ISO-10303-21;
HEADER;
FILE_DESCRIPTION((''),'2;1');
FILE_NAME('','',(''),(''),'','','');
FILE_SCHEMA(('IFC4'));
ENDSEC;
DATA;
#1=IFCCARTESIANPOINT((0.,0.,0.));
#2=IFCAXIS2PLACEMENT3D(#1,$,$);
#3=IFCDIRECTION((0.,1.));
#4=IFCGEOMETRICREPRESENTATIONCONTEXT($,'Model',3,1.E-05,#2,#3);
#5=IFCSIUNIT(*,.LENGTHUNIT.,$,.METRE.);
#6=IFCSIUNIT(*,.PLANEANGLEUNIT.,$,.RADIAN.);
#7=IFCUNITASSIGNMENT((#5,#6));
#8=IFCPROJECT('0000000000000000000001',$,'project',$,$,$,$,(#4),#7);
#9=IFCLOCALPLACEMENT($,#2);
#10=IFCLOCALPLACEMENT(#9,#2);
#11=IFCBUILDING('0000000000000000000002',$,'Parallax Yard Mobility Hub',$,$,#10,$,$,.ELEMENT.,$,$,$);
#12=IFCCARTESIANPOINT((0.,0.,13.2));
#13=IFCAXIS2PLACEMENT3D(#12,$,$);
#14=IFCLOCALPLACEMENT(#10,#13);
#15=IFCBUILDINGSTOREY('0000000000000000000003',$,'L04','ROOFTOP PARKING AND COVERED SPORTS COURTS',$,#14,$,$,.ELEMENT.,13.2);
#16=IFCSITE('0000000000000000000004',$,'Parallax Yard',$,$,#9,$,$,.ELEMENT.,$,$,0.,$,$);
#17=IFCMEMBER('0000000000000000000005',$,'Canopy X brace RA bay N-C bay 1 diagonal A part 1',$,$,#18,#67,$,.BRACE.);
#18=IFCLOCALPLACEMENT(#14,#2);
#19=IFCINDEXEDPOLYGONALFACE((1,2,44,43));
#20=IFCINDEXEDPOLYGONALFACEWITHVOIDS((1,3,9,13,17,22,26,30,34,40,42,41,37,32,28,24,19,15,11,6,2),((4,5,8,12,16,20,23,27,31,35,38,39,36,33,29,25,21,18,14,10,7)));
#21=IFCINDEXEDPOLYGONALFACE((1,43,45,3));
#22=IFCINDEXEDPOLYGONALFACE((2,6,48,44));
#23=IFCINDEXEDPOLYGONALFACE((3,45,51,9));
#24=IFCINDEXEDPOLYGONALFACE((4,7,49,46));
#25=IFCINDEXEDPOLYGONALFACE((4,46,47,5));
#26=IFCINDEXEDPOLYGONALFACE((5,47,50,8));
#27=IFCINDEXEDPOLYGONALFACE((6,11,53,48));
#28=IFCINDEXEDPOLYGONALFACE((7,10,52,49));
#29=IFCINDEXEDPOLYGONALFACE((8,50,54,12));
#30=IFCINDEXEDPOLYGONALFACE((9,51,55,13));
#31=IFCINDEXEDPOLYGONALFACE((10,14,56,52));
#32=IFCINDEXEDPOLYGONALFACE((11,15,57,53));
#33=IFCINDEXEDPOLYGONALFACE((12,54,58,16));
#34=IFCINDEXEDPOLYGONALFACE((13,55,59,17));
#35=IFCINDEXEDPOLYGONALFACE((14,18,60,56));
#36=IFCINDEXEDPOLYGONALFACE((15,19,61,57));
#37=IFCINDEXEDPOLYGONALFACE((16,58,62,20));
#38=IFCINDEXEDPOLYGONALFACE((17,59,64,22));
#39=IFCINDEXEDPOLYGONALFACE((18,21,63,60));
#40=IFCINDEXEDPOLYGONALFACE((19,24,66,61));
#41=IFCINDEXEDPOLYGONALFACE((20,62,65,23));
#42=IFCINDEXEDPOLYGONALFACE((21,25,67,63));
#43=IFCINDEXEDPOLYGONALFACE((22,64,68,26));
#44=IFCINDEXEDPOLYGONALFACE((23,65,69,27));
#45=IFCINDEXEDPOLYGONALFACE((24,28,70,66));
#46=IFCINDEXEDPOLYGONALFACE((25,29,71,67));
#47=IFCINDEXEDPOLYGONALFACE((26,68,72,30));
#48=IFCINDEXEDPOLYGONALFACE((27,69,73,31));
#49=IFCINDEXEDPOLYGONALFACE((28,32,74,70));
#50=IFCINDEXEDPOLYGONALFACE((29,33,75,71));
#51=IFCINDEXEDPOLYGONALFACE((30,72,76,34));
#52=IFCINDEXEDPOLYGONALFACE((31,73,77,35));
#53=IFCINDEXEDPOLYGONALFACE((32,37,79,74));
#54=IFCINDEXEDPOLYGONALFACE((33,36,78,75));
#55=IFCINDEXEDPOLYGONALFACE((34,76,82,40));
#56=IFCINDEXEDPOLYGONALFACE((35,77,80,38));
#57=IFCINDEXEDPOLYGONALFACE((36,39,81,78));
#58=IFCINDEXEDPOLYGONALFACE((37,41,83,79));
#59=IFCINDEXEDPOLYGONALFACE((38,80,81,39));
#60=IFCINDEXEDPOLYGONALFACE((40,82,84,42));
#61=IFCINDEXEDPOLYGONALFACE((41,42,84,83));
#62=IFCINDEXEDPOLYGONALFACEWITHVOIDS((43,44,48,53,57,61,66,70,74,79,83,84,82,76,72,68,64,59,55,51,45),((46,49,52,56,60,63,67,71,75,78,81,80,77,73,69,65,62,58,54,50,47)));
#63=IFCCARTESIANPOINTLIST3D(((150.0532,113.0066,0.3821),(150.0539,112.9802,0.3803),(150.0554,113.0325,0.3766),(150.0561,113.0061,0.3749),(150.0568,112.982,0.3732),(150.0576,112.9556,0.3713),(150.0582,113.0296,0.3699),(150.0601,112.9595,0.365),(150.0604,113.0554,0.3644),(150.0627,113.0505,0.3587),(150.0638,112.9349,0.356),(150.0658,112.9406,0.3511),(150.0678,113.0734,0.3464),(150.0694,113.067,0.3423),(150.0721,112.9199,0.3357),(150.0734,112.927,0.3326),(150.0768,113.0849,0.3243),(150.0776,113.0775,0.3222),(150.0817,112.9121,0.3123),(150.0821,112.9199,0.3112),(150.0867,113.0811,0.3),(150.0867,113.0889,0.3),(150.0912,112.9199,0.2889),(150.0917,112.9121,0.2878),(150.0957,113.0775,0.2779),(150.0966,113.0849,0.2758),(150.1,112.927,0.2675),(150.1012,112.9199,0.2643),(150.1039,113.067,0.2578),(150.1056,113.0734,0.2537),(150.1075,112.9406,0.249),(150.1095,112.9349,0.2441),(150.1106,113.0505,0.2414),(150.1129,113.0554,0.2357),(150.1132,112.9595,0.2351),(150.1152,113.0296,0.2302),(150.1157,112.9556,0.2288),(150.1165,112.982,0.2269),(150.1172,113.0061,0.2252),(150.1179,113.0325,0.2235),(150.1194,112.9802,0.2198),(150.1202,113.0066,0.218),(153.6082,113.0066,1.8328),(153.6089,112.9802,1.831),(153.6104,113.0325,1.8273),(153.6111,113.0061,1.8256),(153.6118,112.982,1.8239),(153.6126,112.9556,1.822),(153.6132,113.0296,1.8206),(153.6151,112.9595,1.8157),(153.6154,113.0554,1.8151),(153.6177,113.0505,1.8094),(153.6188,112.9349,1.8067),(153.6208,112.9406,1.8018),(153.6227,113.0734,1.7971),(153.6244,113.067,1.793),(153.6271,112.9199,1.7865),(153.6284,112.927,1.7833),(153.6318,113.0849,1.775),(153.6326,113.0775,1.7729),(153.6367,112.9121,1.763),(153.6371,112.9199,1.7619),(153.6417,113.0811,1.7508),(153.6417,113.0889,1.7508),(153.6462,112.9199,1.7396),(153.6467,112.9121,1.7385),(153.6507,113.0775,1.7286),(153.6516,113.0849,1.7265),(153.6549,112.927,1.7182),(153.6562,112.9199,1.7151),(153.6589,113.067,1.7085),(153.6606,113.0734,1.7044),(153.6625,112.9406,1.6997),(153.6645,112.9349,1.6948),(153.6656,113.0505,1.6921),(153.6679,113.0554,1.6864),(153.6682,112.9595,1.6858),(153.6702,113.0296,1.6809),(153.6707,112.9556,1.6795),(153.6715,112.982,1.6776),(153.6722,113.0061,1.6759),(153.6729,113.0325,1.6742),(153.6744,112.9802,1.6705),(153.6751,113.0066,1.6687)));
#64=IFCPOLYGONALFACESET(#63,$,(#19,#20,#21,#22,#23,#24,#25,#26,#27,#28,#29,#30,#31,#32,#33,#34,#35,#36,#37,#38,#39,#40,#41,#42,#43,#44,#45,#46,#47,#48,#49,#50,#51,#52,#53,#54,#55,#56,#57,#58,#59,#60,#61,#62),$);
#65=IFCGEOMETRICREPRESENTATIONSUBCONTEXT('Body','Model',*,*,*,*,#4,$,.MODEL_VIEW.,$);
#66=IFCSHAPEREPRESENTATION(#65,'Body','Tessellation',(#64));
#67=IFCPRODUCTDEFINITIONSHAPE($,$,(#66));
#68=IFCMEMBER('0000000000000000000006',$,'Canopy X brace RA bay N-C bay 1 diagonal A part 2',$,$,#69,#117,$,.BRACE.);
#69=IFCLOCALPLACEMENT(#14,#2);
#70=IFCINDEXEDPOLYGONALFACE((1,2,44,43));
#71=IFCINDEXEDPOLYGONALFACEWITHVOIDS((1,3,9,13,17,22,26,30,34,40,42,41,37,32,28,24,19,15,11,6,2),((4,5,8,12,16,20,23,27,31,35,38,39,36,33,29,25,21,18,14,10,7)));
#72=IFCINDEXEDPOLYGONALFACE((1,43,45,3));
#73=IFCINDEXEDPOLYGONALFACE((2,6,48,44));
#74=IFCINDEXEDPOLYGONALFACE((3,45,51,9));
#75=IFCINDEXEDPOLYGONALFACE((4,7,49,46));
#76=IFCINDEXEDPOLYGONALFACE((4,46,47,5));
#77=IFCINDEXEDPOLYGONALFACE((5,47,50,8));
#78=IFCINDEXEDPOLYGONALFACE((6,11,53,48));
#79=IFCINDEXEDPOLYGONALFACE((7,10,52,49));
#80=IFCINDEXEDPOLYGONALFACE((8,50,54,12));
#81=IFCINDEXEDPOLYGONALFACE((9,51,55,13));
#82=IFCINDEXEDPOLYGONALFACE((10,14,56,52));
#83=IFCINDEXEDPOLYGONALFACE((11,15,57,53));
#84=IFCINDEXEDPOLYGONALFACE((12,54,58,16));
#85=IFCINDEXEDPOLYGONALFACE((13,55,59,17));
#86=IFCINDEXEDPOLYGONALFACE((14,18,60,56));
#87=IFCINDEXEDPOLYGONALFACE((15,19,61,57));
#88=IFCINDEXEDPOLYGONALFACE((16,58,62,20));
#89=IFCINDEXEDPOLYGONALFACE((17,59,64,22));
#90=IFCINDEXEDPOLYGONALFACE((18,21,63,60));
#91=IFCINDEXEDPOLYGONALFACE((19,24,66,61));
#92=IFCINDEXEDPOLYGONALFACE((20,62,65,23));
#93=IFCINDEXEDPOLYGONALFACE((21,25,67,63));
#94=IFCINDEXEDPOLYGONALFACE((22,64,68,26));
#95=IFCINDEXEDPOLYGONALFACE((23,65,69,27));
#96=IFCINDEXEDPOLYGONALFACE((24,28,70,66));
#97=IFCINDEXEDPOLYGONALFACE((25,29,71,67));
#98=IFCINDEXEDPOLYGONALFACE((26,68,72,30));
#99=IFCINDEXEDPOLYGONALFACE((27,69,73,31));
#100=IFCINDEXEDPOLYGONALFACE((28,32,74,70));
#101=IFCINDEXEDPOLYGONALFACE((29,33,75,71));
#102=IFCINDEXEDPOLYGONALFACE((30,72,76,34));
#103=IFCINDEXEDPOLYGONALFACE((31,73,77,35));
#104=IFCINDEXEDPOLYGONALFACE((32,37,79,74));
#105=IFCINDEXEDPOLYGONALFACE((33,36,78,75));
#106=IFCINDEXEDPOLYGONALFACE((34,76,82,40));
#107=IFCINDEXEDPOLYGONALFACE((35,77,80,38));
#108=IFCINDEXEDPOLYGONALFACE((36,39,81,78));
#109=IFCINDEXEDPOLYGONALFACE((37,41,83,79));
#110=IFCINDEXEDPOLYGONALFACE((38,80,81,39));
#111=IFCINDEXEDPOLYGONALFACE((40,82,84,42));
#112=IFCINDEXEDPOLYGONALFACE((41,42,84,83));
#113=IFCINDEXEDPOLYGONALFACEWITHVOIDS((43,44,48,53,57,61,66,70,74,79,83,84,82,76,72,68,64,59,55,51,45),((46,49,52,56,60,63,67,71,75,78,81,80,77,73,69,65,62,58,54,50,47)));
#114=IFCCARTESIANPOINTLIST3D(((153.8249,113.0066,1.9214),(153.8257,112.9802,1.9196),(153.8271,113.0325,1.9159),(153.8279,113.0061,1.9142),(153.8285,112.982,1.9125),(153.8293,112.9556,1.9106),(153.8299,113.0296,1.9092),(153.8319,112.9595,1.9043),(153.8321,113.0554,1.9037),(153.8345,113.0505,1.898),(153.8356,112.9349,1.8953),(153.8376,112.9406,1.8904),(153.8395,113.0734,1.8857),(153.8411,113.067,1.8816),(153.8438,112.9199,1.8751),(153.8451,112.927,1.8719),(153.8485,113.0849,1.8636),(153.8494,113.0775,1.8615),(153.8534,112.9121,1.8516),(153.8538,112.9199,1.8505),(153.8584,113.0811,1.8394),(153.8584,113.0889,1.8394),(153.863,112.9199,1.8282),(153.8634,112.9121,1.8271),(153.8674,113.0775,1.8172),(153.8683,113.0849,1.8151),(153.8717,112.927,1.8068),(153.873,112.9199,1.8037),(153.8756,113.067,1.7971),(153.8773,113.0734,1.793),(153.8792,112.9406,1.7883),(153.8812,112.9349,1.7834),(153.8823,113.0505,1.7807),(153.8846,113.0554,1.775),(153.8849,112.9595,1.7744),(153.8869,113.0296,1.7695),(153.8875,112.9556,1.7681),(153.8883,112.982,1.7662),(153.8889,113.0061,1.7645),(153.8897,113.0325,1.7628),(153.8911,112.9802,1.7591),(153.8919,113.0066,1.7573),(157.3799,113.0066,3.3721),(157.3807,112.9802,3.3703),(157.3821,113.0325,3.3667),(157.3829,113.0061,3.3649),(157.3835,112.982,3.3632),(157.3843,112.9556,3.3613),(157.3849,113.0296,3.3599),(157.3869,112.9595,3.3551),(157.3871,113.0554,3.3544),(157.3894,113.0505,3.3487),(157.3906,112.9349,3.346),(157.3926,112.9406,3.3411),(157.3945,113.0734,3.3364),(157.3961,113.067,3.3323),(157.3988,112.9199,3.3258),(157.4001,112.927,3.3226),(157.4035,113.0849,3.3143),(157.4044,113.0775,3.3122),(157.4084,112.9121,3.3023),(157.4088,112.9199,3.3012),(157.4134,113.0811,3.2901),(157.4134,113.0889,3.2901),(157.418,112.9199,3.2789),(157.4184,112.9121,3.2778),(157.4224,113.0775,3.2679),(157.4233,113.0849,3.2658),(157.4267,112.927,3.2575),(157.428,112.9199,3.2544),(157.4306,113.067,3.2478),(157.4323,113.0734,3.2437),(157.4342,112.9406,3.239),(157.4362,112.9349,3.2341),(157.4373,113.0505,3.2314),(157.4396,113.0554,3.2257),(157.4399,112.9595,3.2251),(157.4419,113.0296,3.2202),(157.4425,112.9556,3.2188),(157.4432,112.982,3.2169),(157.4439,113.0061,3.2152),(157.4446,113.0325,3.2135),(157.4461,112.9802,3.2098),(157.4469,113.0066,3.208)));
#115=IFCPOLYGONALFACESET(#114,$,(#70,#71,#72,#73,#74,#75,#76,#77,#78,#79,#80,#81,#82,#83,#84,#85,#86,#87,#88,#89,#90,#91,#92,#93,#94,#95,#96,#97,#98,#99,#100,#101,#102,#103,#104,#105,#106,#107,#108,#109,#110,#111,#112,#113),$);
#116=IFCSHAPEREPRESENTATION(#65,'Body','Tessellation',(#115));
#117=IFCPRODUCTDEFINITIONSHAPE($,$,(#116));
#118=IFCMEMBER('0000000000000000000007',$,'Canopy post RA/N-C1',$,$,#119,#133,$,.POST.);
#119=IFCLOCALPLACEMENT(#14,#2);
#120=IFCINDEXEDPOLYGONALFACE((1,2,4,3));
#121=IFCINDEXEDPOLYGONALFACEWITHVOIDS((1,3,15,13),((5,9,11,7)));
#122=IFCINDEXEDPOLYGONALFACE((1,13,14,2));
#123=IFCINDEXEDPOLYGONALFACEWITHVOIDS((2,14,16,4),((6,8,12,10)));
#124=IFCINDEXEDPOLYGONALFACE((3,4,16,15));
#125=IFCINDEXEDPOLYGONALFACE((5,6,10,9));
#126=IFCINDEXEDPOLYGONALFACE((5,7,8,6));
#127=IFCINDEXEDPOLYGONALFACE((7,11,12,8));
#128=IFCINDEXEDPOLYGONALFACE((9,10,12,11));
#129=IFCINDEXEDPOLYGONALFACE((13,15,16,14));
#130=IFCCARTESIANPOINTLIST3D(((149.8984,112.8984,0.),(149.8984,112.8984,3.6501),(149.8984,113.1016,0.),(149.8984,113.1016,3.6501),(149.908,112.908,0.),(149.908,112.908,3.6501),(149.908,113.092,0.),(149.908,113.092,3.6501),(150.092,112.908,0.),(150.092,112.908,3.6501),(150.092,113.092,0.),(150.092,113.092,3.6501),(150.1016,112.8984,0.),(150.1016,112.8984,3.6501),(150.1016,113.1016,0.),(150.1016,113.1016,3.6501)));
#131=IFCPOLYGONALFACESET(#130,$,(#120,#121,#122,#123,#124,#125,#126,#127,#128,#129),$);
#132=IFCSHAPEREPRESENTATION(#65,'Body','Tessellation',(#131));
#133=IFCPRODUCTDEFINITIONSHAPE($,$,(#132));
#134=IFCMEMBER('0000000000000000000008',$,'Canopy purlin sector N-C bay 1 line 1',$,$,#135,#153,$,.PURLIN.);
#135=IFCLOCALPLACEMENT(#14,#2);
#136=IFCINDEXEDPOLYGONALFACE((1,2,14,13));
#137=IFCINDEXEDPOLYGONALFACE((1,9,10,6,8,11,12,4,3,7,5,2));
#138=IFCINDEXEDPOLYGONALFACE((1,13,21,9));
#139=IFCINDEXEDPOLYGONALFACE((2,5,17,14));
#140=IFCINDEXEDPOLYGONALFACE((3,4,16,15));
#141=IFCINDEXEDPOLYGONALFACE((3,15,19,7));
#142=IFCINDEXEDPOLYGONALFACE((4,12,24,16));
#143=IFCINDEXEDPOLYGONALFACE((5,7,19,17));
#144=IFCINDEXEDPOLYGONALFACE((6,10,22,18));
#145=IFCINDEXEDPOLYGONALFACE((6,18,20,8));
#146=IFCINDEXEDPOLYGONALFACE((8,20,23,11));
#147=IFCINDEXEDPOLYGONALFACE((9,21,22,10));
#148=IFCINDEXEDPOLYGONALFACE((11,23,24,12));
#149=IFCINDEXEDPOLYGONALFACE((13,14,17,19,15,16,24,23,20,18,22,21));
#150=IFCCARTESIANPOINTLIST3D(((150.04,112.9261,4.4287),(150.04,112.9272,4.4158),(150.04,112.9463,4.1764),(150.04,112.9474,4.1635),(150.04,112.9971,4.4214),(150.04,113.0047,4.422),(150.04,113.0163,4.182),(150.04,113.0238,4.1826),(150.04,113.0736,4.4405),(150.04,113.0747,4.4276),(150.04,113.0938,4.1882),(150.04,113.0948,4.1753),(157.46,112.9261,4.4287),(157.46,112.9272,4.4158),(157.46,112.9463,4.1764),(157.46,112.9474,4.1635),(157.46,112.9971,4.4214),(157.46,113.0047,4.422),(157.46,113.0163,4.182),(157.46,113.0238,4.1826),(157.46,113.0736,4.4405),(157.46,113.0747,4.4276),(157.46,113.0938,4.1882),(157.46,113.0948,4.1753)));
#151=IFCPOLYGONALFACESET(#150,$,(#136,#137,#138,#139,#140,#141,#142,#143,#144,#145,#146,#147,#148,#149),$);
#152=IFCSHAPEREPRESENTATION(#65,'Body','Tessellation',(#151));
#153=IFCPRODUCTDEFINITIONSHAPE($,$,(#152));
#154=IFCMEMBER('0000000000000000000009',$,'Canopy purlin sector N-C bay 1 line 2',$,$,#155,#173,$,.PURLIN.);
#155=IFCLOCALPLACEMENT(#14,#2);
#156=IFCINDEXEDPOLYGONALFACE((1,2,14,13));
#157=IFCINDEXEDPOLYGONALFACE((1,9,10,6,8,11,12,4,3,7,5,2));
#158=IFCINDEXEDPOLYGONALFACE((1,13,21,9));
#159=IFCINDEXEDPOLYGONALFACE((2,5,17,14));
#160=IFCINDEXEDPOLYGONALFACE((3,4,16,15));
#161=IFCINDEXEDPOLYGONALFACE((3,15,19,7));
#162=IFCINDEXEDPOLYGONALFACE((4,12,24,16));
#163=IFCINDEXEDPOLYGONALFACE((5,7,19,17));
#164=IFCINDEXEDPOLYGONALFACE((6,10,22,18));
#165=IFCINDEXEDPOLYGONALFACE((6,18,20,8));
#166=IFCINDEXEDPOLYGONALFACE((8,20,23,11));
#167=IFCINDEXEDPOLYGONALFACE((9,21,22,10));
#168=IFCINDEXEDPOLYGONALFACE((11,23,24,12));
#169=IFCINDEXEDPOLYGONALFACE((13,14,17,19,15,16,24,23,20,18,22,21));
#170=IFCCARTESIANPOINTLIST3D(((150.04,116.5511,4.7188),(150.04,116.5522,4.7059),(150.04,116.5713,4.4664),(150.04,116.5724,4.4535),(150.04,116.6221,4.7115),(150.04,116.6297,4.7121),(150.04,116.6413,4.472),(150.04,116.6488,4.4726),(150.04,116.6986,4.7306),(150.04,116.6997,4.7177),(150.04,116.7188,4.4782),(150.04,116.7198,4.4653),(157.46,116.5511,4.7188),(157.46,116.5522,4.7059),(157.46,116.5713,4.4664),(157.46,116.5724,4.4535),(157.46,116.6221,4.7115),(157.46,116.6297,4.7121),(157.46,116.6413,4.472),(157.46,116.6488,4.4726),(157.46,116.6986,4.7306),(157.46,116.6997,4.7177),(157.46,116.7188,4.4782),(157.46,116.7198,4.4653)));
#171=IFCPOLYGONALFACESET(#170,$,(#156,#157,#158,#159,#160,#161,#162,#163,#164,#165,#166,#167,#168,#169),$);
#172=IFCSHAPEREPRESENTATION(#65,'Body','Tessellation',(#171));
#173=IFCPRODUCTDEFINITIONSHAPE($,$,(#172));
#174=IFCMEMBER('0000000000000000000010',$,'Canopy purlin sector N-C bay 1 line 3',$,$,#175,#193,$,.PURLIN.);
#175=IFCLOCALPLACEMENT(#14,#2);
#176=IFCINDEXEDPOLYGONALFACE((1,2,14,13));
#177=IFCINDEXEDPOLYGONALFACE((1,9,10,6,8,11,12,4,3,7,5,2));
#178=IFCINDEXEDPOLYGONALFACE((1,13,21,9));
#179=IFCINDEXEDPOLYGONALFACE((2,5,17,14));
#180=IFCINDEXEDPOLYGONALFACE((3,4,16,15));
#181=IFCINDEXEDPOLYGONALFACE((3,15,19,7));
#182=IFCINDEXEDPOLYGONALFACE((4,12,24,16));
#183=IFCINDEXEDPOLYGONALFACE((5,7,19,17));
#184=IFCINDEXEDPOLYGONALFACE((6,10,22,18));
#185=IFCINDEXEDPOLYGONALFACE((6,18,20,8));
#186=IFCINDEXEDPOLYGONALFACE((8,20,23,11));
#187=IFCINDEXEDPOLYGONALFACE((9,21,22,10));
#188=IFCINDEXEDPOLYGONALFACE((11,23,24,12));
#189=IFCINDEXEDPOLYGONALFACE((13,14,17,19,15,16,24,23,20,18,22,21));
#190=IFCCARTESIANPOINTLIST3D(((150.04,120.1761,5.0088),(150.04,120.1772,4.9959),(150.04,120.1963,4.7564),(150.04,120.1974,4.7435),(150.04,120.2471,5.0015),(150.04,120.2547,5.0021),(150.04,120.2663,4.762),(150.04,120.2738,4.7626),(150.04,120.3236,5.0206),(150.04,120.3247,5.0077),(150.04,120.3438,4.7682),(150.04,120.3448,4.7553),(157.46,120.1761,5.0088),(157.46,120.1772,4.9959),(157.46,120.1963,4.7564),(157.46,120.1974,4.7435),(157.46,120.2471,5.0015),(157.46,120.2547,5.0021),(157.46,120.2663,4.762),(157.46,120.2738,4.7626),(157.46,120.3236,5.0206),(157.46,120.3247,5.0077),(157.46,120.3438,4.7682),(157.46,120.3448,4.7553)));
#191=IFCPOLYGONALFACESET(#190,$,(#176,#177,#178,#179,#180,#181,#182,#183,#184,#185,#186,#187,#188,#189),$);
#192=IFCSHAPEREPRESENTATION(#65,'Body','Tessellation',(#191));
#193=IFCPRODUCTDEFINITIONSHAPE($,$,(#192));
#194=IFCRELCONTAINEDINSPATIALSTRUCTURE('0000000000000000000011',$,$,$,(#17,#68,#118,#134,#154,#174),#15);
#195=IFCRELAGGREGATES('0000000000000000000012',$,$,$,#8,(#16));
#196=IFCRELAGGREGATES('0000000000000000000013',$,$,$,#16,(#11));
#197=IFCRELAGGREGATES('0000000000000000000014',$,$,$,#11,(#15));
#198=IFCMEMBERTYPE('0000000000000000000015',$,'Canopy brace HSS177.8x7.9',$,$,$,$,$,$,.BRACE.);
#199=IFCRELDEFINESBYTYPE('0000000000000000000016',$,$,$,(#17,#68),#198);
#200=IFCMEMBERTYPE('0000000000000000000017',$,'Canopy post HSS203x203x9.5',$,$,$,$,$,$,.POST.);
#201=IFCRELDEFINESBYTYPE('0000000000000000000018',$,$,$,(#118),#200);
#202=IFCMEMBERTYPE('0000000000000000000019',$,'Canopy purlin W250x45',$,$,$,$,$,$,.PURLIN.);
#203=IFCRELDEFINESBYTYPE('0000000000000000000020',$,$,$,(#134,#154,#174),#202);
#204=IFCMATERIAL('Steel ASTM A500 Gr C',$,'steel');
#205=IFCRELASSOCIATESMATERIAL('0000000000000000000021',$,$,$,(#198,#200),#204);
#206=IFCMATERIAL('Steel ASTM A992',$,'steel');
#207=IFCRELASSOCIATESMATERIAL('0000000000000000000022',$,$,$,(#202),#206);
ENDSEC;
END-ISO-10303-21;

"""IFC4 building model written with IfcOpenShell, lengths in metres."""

from ifc_helpers import new_model, si_unit, direction, frame, origin, origin_2d, place, context, subcontext, project, spatial, hollow_rectangle, hollow_circle, i_section, extrude, material, material_profile, profile_set, type_object, element, save


model = new_model("IFC4")

# Units and contexts
model_context = context("Model", 3, precision=1e-05, world=origin(), true_north=direction((0.0, 1.0)))
body_context = subcontext(model_context, "Body", "Model", "MODEL_VIEW")
ifc_project = project(units=[si_unit("LENGTHUNIT", "METRE"), si_unit("PLANEANGLEUNIT", "RADIAN")], contexts=[model_context])

# Site, building, storey
site_placement = place(None, origin())
site = spatial("IfcSite", under=ifc_project, at=site_placement, Name="Parallax Yard", CompositionType="ELEMENT", RefElevation=0.0)
building_placement = place(site_placement, origin())
building = spatial("IfcBuilding", under=site, at=building_placement, Name="Parallax Yard Mobility Hub", CompositionType="ELEMENT")
storey_placement = place(building_placement, frame((0.0, 0.0, 13.2)))
storey = spatial("IfcBuildingStorey", under=building, at=storey_placement, Name="L04", Description="ROOFTOP PARKING AND COVERED SPORTS COURTS", CompositionType="ELEMENT", Elevation=13.2)

# Members
ifc_material_1 = material(Name="Steel ASTM A500 Gr C", Category="steel")
ifc_material_profile_1 = material_profile(ifc_material_1, hollow_circle(Radius=0.0889, WallThickness=0.0078, at=origin_2d()), Name="HSS177.8x7.9")
ifc_profile_set_1 = profile_set([ifc_material_profile_1], Name="Steel ASTM A500 Gr C")
member_type_1 = type_object("IfcMemberType", Name="Canopy brace HSS177.8x7.9", PredefinedType="BRACE", material=ifc_profile_set_1)
for number, where, z_axis, x_axis, name in (
    (1, (150.0867, 113.0, 0.3), (0.925876, 0.0, 0.377828), (0.0, 1.0, 0.0), "Canopy X brace RA bay N-C bay 1 diagonal A part 1"),
    (2, (153.8584, 113.0, 1.8394), (0.925876, 0.0, 0.377828), (0.0, 1.0, 0.0), "Canopy X brace RA bay N-C bay 1 diagonal A part 2"),
):
    element("IfcMember", number, at=place(storey_placement, frame(where, z_axis=z_axis, x_axis=x_axis)), inside=storey, type_object=member_type_1, Name=name, PredefinedType="BRACE", context=body_context, shape_type="SweptSolid", body=[
        extrude(hollow_circle(Radius=0.0889, WallThickness=0.0078, at=origin_2d()), origin(), (0.0, 0.0, 1.0), 3.8396),
    ])
ifc_material_profile_2 = material_profile(ifc_material_1, hollow_rectangle(XDim=0.2031, YDim=0.2031, WallThickness=0.0095, at=origin_2d()), Name="HSS203x203x9.5")
ifc_profile_set_2 = profile_set([ifc_material_profile_2], Name="Steel ASTM A500 Gr C")
member_type_2 = type_object("IfcMemberType", Name="Canopy post HSS203x203x9.5", PredefinedType="POST", material=ifc_profile_set_2)
member_1_placement = place(storey_placement, frame((150.0, 113.0, 0.0), z_axis=(0.0, 0.0, 1.0), x_axis=(1.0, 0.0, 0.0)))
element("IfcMember", 3, at=member_1_placement, inside=storey, type_object=member_type_2, Name="Canopy post RA/N-C1", PredefinedType="POST", context=body_context, shape_type="SweptSolid", body=[
    extrude(hollow_rectangle(XDim=0.2031, YDim=0.2031, WallThickness=0.0095, at=origin_2d()), origin(), (0.0, 0.0, 1.0), 3.6501),
])
ifc_material_2 = material(Name="Steel ASTM A992", Category="steel")
ifc_material_profile_3 = material_profile(ifc_material_2, i_section(OverallWidth=0.1479, OverallDepth=0.2661, WebThickness=0.0076, FlangeThickness=0.0129, at=origin_2d()), Name="W250x45")
ifc_profile_set_3 = profile_set([ifc_material_profile_3], Name="Steel ASTM A992")
member_type_3 = type_object("IfcMemberType", Name="Canopy purlin W250x45", PredefinedType="PURLIN", material=ifc_profile_set_3)
for number, where, z_axis, x_axis, name in (
    (4, (150.04, 113.0105, 4.302), (1.0, 0.0, 0.0), (0.0, 0.996815, 0.079745), "Canopy purlin sector N-C bay 1 line 1"),
    (5, (150.04, 116.6355, 4.592), (1.0, 0.0, 0.0), (0.0, 0.996815, 0.079745), "Canopy purlin sector N-C bay 1 line 2"),
    (6, (150.04, 120.2605, 4.8821), (1.0, 0.0, 0.0), (0.0, 0.996815, 0.079745), "Canopy purlin sector N-C bay 1 line 3"),
):
    element("IfcMember", number, at=place(storey_placement, frame(where, z_axis=z_axis, x_axis=x_axis)), inside=storey, type_object=member_type_3, Name=name, PredefinedType="PURLIN", context=body_context, shape_type="SweptSolid", body=[
        extrude(i_section(OverallWidth=0.1479, OverallDepth=0.2661, WebThickness=0.0076, FlangeThickness=0.0129, at=origin_2d()), origin(), (0.0, 0.0, 1.0), 7.4199),
    ])

save(model, "model.ifc")
